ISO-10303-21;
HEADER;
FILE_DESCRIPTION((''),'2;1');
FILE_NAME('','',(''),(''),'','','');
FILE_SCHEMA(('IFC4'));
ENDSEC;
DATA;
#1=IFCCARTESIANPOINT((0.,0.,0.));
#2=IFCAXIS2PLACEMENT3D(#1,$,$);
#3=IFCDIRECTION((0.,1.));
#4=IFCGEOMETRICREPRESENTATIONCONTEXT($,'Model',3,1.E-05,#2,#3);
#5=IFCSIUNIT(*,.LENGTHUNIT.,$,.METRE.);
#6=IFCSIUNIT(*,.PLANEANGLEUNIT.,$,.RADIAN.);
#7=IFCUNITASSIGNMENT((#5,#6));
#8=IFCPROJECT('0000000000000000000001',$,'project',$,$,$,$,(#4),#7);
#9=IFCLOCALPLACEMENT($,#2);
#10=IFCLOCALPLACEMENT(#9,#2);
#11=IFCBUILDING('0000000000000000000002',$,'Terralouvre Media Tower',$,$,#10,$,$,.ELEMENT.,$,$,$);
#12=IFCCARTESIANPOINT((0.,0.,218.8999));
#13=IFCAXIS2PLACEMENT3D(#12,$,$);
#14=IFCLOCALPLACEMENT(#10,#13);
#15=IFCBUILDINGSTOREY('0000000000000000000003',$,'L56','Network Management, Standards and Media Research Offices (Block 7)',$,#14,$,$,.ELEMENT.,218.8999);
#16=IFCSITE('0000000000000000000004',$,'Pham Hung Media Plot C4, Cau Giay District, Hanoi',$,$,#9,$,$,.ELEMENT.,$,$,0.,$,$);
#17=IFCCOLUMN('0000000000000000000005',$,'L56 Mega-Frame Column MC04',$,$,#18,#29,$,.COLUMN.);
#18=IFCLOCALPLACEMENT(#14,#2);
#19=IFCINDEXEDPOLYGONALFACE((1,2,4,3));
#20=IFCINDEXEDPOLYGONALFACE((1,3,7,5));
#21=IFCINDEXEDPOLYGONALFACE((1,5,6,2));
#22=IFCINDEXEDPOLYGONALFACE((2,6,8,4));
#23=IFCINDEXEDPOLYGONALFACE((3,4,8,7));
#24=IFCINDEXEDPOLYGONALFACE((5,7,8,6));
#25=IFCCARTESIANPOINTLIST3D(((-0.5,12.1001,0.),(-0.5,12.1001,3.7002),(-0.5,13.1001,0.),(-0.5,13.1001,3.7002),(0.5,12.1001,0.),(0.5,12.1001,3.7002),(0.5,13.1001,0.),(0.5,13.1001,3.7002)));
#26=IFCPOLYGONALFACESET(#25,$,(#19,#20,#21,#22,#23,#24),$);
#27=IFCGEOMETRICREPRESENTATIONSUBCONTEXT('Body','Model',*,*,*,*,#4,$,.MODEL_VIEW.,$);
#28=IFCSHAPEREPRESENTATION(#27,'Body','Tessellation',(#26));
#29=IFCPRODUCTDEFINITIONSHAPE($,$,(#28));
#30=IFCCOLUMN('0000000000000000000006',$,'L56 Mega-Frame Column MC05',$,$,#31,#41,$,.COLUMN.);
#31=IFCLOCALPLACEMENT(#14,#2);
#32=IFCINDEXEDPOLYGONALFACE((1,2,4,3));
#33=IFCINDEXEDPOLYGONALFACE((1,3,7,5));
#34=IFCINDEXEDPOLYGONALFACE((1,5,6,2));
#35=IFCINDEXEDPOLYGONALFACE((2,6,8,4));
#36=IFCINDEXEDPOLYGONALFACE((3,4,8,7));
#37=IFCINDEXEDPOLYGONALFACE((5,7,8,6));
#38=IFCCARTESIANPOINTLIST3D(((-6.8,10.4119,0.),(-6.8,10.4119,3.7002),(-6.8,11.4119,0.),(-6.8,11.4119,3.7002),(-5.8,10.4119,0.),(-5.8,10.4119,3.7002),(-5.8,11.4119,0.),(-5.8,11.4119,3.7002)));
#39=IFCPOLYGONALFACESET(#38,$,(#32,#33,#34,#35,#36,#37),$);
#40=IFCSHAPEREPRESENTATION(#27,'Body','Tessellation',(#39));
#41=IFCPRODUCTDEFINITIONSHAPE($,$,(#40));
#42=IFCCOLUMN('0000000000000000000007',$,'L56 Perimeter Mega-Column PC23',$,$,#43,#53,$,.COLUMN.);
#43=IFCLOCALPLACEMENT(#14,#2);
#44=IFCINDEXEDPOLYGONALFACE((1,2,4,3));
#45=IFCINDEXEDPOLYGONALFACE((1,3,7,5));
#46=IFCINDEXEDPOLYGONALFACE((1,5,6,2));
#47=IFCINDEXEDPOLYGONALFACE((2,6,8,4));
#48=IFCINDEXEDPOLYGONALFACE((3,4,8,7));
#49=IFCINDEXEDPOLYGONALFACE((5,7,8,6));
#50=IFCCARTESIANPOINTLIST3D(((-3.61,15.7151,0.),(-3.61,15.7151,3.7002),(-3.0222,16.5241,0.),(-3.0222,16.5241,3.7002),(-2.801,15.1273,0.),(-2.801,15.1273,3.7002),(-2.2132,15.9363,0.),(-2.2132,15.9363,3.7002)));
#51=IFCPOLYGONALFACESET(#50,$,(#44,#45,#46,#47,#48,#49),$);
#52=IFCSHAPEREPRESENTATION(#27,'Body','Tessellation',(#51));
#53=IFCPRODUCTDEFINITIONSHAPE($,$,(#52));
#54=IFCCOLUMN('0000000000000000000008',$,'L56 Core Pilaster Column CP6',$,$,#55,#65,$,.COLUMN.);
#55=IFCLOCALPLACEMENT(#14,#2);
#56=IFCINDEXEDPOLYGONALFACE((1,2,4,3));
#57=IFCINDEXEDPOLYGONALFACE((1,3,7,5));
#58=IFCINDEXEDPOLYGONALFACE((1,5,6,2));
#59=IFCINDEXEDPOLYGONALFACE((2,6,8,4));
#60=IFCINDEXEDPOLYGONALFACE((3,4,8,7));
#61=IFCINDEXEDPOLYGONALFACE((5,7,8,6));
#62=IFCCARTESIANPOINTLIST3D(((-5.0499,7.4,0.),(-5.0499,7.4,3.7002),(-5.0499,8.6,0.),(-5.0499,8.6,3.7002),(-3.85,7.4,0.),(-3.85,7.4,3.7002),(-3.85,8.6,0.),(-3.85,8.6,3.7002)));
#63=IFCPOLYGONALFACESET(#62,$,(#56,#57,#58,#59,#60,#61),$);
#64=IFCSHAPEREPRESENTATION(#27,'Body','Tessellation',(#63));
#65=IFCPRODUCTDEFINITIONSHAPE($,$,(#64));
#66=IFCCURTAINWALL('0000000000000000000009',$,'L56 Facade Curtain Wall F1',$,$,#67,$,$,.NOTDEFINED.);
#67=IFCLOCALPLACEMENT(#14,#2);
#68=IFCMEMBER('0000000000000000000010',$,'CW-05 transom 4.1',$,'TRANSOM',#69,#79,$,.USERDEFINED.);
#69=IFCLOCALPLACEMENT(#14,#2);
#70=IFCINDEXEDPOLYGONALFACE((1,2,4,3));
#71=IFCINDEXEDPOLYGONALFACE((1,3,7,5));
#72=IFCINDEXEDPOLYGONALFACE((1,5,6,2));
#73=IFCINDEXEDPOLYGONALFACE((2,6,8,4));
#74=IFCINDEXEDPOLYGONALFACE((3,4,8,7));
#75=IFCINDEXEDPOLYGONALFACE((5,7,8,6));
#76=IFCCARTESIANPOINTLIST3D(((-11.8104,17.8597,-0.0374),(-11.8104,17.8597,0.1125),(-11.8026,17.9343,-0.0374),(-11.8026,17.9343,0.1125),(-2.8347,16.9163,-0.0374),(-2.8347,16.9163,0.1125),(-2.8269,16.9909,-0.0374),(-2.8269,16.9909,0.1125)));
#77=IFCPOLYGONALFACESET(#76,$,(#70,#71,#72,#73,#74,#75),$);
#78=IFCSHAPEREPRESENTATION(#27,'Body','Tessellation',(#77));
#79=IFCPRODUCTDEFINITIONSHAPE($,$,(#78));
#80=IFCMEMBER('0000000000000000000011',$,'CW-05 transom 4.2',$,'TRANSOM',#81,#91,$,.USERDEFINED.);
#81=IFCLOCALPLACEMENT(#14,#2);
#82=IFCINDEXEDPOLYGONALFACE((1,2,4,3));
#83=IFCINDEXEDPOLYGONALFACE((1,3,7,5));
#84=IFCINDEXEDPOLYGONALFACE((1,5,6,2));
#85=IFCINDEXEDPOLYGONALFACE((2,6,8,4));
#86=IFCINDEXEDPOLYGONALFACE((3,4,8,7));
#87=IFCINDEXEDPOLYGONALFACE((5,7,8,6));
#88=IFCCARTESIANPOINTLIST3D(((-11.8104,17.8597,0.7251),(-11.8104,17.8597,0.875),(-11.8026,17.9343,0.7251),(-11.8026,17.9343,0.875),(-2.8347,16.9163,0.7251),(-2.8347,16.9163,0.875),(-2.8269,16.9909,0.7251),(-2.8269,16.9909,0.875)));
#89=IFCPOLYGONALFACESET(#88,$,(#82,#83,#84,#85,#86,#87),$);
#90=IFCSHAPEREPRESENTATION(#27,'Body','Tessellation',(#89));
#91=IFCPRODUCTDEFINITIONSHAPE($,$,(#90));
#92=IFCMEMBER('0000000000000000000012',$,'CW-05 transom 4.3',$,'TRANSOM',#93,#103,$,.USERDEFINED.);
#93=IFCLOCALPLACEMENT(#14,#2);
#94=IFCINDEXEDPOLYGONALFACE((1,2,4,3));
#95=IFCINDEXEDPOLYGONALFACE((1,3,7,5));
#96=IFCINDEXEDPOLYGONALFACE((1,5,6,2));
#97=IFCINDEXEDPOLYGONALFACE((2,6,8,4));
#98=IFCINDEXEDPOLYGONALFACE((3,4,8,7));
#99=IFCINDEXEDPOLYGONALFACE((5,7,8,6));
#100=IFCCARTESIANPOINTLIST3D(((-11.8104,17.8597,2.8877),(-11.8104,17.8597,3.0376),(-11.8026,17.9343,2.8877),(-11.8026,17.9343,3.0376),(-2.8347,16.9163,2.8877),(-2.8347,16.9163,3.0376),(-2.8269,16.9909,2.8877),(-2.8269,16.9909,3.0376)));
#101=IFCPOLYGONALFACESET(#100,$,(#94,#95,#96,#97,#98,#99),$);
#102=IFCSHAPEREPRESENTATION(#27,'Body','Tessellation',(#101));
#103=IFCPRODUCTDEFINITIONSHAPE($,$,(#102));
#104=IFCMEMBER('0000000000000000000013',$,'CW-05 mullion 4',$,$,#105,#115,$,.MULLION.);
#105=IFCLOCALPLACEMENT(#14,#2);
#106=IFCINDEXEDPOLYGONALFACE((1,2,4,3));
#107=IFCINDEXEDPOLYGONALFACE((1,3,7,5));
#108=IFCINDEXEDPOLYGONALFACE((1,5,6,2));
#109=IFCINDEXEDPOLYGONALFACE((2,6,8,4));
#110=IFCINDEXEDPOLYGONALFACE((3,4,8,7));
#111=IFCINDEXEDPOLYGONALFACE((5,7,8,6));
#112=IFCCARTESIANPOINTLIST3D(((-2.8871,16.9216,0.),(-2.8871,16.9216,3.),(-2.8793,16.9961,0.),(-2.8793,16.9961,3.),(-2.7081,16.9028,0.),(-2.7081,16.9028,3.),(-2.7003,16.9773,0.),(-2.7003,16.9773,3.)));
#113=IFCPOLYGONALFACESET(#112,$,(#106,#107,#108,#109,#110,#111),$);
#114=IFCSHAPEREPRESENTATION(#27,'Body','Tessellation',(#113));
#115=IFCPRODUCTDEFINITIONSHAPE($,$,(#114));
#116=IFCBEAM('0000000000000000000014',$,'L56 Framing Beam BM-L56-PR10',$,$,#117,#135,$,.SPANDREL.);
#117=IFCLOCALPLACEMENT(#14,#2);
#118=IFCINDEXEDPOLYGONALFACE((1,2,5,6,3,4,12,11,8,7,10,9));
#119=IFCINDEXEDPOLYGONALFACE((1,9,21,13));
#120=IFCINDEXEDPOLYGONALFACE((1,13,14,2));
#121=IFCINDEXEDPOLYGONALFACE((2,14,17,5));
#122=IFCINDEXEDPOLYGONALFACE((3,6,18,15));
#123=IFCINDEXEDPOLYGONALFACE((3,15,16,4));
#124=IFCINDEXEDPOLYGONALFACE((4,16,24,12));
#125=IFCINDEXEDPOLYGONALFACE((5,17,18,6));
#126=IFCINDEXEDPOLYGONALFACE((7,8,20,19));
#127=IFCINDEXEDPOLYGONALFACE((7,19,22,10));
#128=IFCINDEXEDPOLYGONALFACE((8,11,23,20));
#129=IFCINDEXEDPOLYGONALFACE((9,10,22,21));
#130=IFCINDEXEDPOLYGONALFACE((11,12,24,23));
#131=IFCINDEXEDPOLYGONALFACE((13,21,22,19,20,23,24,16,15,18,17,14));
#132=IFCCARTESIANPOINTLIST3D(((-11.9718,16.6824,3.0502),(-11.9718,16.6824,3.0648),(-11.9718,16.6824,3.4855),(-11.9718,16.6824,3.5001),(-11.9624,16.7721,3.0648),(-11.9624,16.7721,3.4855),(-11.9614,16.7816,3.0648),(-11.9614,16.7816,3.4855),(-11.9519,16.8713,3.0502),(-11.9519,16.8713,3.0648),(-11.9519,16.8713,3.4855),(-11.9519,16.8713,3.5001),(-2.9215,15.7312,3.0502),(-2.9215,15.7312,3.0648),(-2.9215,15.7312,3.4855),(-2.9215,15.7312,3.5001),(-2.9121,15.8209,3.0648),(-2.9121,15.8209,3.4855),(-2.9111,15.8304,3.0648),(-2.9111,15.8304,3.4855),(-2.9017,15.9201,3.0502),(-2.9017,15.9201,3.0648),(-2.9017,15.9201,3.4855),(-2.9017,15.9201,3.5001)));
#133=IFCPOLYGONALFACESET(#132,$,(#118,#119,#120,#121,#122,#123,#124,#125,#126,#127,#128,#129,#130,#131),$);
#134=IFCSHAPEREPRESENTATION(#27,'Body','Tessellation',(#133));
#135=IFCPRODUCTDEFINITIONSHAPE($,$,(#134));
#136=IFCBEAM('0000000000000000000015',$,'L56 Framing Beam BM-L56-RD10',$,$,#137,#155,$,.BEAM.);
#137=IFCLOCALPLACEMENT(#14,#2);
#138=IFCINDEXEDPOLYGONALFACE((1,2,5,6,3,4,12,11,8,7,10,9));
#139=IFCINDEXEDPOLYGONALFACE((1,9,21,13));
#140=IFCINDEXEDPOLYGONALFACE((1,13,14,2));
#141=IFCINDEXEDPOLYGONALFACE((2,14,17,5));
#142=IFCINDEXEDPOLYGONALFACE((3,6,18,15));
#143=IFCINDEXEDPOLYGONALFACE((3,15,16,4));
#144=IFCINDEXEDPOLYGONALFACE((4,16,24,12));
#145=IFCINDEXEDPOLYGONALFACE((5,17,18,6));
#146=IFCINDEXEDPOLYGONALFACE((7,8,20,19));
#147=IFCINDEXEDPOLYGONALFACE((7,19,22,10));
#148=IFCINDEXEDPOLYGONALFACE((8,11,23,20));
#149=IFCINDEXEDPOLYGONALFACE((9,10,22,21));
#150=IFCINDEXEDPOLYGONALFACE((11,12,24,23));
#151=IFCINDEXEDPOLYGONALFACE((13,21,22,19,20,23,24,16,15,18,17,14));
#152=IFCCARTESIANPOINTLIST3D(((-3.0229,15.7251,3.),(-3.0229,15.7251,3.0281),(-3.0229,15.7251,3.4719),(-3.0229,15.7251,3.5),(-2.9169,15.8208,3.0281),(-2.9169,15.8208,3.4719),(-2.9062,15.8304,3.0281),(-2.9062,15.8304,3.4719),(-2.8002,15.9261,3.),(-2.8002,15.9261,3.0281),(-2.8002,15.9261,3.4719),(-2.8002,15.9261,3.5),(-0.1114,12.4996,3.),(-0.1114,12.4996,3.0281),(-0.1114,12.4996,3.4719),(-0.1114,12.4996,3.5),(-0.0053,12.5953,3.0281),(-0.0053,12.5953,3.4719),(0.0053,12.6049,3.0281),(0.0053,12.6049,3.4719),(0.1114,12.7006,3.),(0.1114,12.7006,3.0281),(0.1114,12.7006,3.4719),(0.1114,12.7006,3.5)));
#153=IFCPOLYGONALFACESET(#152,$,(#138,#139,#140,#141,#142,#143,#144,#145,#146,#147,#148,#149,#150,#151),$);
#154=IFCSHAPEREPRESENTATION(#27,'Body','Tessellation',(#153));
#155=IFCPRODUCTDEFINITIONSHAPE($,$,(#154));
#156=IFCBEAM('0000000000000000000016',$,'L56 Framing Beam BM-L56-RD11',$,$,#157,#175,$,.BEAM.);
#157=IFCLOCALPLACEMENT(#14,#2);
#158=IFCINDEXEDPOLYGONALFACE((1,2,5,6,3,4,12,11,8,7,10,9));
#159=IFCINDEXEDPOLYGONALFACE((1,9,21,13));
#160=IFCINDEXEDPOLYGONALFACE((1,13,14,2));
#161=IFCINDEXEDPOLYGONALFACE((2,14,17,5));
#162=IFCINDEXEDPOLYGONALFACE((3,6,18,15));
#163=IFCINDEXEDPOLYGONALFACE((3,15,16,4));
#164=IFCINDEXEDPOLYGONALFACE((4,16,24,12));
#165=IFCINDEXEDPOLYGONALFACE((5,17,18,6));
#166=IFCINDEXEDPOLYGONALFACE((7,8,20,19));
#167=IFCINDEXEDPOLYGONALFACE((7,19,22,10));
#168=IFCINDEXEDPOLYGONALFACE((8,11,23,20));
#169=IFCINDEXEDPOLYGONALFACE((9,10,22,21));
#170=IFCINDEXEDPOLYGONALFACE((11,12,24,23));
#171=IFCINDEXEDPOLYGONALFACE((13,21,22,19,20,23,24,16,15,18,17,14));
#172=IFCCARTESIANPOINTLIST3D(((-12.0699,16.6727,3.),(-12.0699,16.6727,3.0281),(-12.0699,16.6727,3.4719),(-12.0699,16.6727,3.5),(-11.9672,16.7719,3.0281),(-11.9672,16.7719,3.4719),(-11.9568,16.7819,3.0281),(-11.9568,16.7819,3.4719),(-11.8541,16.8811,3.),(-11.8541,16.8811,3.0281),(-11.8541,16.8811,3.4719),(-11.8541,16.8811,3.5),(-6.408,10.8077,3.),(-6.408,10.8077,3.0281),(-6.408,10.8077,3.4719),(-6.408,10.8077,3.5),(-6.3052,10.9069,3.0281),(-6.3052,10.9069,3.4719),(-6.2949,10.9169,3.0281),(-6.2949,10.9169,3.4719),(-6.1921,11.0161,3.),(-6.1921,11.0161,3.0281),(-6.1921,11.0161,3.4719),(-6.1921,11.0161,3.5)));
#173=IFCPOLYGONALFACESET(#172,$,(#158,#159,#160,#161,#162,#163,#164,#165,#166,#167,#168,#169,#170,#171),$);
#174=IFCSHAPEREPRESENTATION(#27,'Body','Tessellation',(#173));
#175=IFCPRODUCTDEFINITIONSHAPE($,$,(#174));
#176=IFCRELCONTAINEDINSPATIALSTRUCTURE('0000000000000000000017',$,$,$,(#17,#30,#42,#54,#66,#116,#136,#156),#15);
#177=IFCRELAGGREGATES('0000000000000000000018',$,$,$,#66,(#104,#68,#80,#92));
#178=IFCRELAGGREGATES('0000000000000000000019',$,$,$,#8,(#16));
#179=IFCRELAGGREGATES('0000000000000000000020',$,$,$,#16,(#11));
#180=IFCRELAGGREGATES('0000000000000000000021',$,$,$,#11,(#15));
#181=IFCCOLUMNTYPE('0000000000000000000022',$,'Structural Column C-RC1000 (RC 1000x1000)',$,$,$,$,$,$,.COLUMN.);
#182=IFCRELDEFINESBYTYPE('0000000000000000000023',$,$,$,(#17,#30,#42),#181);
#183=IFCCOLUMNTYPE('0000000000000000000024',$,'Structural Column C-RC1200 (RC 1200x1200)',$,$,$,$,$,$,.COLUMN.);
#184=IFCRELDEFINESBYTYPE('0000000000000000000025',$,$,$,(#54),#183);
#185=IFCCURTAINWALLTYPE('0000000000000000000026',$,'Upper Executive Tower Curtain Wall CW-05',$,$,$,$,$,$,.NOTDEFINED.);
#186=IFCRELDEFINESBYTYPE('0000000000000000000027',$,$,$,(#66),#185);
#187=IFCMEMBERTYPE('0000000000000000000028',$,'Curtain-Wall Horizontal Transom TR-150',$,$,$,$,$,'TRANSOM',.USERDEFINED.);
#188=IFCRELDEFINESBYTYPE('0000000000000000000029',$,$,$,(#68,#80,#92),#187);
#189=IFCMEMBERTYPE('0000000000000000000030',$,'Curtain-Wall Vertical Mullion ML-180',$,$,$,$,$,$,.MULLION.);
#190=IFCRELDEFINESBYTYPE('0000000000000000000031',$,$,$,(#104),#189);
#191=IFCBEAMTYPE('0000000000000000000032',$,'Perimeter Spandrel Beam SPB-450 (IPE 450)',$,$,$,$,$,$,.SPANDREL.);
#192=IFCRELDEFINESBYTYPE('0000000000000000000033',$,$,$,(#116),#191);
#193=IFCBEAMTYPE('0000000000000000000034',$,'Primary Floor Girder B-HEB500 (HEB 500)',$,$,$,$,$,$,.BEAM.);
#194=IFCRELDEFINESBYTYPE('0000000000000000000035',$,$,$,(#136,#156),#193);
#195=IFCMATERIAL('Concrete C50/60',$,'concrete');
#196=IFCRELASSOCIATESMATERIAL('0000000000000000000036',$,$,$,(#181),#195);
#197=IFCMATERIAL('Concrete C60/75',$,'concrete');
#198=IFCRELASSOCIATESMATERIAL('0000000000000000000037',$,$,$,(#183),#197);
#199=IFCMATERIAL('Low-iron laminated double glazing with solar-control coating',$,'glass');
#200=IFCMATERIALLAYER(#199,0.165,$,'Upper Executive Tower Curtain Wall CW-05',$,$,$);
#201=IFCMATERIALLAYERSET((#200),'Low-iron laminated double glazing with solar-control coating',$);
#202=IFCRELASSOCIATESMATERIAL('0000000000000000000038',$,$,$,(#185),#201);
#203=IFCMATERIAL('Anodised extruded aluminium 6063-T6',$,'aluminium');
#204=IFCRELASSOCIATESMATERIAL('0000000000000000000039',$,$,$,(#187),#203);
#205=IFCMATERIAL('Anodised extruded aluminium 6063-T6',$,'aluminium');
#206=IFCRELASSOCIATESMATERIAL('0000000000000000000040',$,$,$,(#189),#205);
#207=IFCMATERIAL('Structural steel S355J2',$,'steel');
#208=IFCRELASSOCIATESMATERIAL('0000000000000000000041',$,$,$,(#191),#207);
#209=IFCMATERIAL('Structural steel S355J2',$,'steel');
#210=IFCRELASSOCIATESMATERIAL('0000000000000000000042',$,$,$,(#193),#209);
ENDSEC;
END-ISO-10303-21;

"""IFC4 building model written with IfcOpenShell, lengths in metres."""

from ifc_helpers import new_model, si_unit, direction, frame, origin, origin_2d, place, context, subcontext, project, spatial, rectangle, i_section, extrude, material, layer, layer_set, material_profile, profile_set, type_object, element, aggregate, save


model = new_model("IFC4")

# Units and contexts
model_context = context("Model", 3, precision=1e-05, world=origin(), true_north=direction((0.0, 1.0)))
body_context = subcontext(model_context, "Body", "Model", "MODEL_VIEW")
ifc_project = project(units=[si_unit("LENGTHUNIT", "METRE"), si_unit("PLANEANGLEUNIT", "RADIAN")], contexts=[model_context])

# Site, building, storey
site_placement = place(None, origin())
site = spatial("IfcSite", under=ifc_project, at=site_placement, Name="Pham Hung Media Plot C4, Cau Giay District, Hanoi", CompositionType="ELEMENT", RefElevation=0.0)
building_placement = place(site_placement, origin())
building = spatial("IfcBuilding", under=site, at=building_placement, Name="Terralouvre Media Tower", CompositionType="ELEMENT")
storey_placement = place(building_placement, frame((0.0, 0.0, 218.8999)))
storey = spatial("IfcBuildingStorey", under=building, at=storey_placement, Name="L56", Description="Network Management, Standards and Media Research Offices (Block 7)", CompositionType="ELEMENT", Elevation=218.8999)

# Columns
ifc_material_1 = material(Name="Concrete C50/60", Category="concrete")
ifc_material_profile_1 = material_profile(ifc_material_1, rectangle(XDim=1.0, YDim=1.0, at=origin_2d()), Name="RC 1000x1000")
ifc_profile_set_1 = profile_set([ifc_material_profile_1], Name="Concrete C50/60")
column_type_1 = type_object("IfcColumnType", Name="Structural Column C-RC1000 (RC 1000x1000)", PredefinedType="COLUMN", material=ifc_profile_set_1)
for number, where, z_axis, x_axis, name in (
    (1, (0.0, 12.6001, 0.0), (0.0, 0.0, 1.0), (1.0, 0.0, 0.0), "L56 Mega-Frame Column MC04"),
    (2, (-6.3, 10.9119, 0.0), (0.0, 0.0, 1.0), (1.0, 0.0, 0.0), "L56 Mega-Frame Column MC05"),
    (3, (-2.9116, 15.8257, 0.0), (0.0, 0.0, 1.0), (0.587785, 0.809017, 0.0), "L56 Perimeter Mega-Column PC23"),
):
    element("IfcColumn", number, at=place(storey_placement, frame(where, z_axis=z_axis, x_axis=x_axis)), inside=storey, type_object=column_type_1, Name=name, PredefinedType="COLUMN", context=body_context, shape_type="SweptSolid", body=[
        extrude(rectangle(XDim=1.0, YDim=1.0, at=origin_2d()), origin(), (0.0, 0.0, 1.0), 3.7002),
    ])
ifc_material_2 = material(Name="Concrete C60/75", Category="concrete")
ifc_material_profile_2 = material_profile(ifc_material_2, rectangle(XDim=1.2, YDim=1.2, at=origin_2d()), Name="RC 1200x1200")
ifc_profile_set_2 = profile_set([ifc_material_profile_2], Name="Concrete C60/75")
column_type_2 = type_object("IfcColumnType", Name="Structural Column C-RC1200 (RC 1200x1200)", PredefinedType="COLUMN", material=ifc_profile_set_2)
column_placement = place(storey_placement, frame((-4.45, 8.0, 0.0), z_axis=(0.0, 0.0, 1.0), x_axis=(1.0, 0.0, 0.0)))
element("IfcColumn", 4, at=column_placement, inside=storey, type_object=column_type_2, Name="L56 Core Pilaster Column CP6", PredefinedType="COLUMN", context=body_context, shape_type="SweptSolid", body=[
    extrude(rectangle(XDim=1.2, YDim=1.2, at=origin_2d()), origin(), (0.0, 0.0, 1.0), 3.7002),
])

# Curtain wall, members
ifc_material_3 = material(Name="Low-iron laminated double glazing with solar-control coating", Category="glass")
ifc_layer_1 = layer(ifc_material_3, 0.165, Name="Upper Executive Tower Curtain Wall CW-05")
ifc_layer_set_1 = layer_set([ifc_layer_1], Name="Low-iron laminated double glazing with solar-control coating")
curtain_wall_type = type_object("IfcCurtainWallType", Name="Upper Executive Tower Curtain Wall CW-05", PredefinedType="NOTDEFINED", material=ifc_layer_set_1)
curtain_wall_placement = place(storey_placement, origin())
curtain_wall = element("IfcCurtainWall", 5, at=curtain_wall_placement, inside=storey, type_object=curtain_wall_type, Name="L56 Facade Curtain Wall F1", PredefinedType="NOTDEFINED")
ifc_material_4 = material(Name="Anodised extruded aluminium 6063-T6", Category="aluminium")
ifc_material_profile_3 = material_profile(ifc_material_4, rectangle(XDim=0.075, YDim=0.1499, at=origin_2d()), Name="ALU 75x150")
ifc_profile_set_3 = profile_set([ifc_material_profile_3], Name="Anodised extruded aluminium 6063-T6")
member_type_1 = type_object("IfcMemberType", Name="Curtain-Wall Horizontal Transom TR-150", ElementType="TRANSOM", PredefinedType="USERDEFINED", material=ifc_profile_set_3)
member_1_placement = place(storey_placement, frame((-2.8308, 16.9536, 0.0376), z_axis=(-0.994522, 0.104527, 0.0), x_axis=(-0.104527, -0.994522, 0.0)))
member_1 = element("IfcMember", 6, at=member_1_placement, type_object=member_type_1, Name="CW-05 transom 4.1", ObjectType="TRANSOM", PredefinedType="USERDEFINED", context=body_context, shape_type="SweptSolid", body=[
    extrude(rectangle(XDim=0.075, YDim=0.1499, at=origin_2d()), origin(), (0.0, 0.0, 1.0), 9.0251),
])
member_2_placement = place(storey_placement, frame((-2.8308, 16.9536, 0.8), z_axis=(-0.994522, 0.104527, 0.0), x_axis=(-0.104527, -0.994522, 0.0)))
member_2 = element("IfcMember", 7, at=member_2_placement, type_object=member_type_1, Name="CW-05 transom 4.2", ObjectType="TRANSOM", PredefinedType="USERDEFINED", context=body_context, shape_type="SweptSolid", body=[
    extrude(rectangle(XDim=0.075, YDim=0.1499, at=origin_2d()), origin(), (0.0, 0.0, 1.0), 9.0251),
])
member_3_placement = place(storey_placement, frame((-2.8308, 16.9536, 2.9626), z_axis=(-0.994522, 0.104527, 0.0), x_axis=(-0.104527, -0.994522, 0.0)))
member_3 = element("IfcMember", 8, at=member_3_placement, type_object=member_type_1, Name="CW-05 transom 4.3", ObjectType="TRANSOM", PredefinedType="USERDEFINED", context=body_context, shape_type="SweptSolid", body=[
    extrude(rectangle(XDim=0.075, YDim=0.1499, at=origin_2d()), origin(), (0.0, 0.0, 1.0), 9.0251),
])
ifc_material_5 = material(Name="Anodised extruded aluminium 6063-T6", Category="aluminium")
ifc_material_profile_4 = material_profile(ifc_material_5, rectangle(XDim=0.075, YDim=0.1799, at=origin_2d()), Name="ALU 75x180")
ifc_profile_set_4 = profile_set([ifc_material_profile_4], Name="Anodised extruded aluminium 6063-T6")
member_type_2 = type_object("IfcMemberType", Name="Curtain-Wall Vertical Mullion ML-180", PredefinedType="MULLION", material=ifc_profile_set_4)
member_4_placement = place(storey_placement, frame((-2.7937, 16.9495, 0.0), z_axis=(0.0, 0.0, 1.0), x_axis=(-0.104529, -0.994522, 0.0)))
member_4 = element("IfcMember", 9, at=member_4_placement, type_object=member_type_2, Name="CW-05 mullion 4", PredefinedType="MULLION", context=body_context, shape_type="SweptSolid", body=[
    extrude(rectangle(XDim=0.075, YDim=0.1799, at=origin_2d()), origin(), (0.0, 0.0, 1.0), 3.0),
])

# Beams
ifc_material_6 = material(Name="Structural steel S355J2", Category="steel")
ifc_material_profile_5 = material_profile(ifc_material_6, i_section(OverallWidth=0.1899, OverallDepth=0.45, WebThickness=0.0095, FlangeThickness=0.0146, at=origin_2d()), Name="IPE 450")
ifc_profile_set_5 = profile_set([ifc_material_profile_5], Name="Structural steel S355J2")
beam_type_1 = type_object("IfcBeamType", Name="Perimeter Spandrel Beam SPB-450 (IPE 450)", PredefinedType="SPANDREL", material=ifc_profile_set_5)
beam_1_placement = place(storey_placement, frame((-2.9116, 15.8257, 3.2751), z_axis=(-0.994522, 0.104523, 0.0), x_axis=(-0.104523, -0.994522, 0.0)))
element("IfcBeam", 10, at=beam_1_placement, inside=storey, type_object=beam_type_1, Name="L56 Framing Beam BM-L56-PR10", PredefinedType="SPANDREL", context=body_context, shape_type="SweptSolid", body=[
    extrude(i_section(OverallWidth=0.1899, OverallDepth=0.45, WebThickness=0.0095, FlangeThickness=0.0146, at=origin_2d()), origin(), (0.0, 0.0, 1.0), 9.1001),
])
ifc_material_7 = material(Name="Structural steel S355J2", Category="steel")
ifc_material_profile_6 = material_profile(ifc_material_7, i_section(OverallWidth=0.3, OverallDepth=0.5, WebThickness=0.0144, FlangeThickness=0.0281, at=origin_2d()), Name="HEB 500")
ifc_profile_set_6 = profile_set([ifc_material_profile_6], Name="Structural steel S355J2")
beam_type_2 = type_object("IfcBeamType", Name="Primary Floor Girder B-HEB500 (HEB 500)", PredefinedType="BEAM", material=ifc_profile_set_6)
beam_2_placement = place(storey_placement, frame((0.0, 12.6001, 3.25), z_axis=(-0.670057, 0.74231, 0.0), x_axis=(-0.74231, -0.670057, 0.0)))
element("IfcBeam", 11, at=beam_2_placement, inside=storey, type_object=beam_type_2, Name="L56 Framing Beam BM-L56-RD10", PredefinedType="BEAM", context=body_context, shape_type="SweptSolid", body=[
    extrude(i_section(OverallWidth=0.3, OverallDepth=0.5, WebThickness=0.0144, FlangeThickness=0.0281, at=origin_2d()), origin(), (0.0, 0.0, 1.0), 4.3452),
])
beam_3_placement = place(storey_placement, frame((-6.3, 10.9119, 3.25), z_axis=(-0.694538, 0.719456, 0.0), x_axis=(-0.719456, -0.694538, 0.0)))
element("IfcBeam", 12, at=beam_3_placement, inside=storey, type_object=beam_type_2, Name="L56 Framing Beam BM-L56-RD11", PredefinedType="BEAM", context=body_context, shape_type="SweptSolid", body=[
    extrude(i_section(OverallWidth=0.3, OverallDepth=0.5, WebThickness=0.0144, FlangeThickness=0.0281, at=origin_2d()), origin(), (0.0, 0.0, 1.0), 8.1521),
])

aggregate(curtain_wall, [member_4, member_1, member_2, member_3])

save(model, "model.ifc")
